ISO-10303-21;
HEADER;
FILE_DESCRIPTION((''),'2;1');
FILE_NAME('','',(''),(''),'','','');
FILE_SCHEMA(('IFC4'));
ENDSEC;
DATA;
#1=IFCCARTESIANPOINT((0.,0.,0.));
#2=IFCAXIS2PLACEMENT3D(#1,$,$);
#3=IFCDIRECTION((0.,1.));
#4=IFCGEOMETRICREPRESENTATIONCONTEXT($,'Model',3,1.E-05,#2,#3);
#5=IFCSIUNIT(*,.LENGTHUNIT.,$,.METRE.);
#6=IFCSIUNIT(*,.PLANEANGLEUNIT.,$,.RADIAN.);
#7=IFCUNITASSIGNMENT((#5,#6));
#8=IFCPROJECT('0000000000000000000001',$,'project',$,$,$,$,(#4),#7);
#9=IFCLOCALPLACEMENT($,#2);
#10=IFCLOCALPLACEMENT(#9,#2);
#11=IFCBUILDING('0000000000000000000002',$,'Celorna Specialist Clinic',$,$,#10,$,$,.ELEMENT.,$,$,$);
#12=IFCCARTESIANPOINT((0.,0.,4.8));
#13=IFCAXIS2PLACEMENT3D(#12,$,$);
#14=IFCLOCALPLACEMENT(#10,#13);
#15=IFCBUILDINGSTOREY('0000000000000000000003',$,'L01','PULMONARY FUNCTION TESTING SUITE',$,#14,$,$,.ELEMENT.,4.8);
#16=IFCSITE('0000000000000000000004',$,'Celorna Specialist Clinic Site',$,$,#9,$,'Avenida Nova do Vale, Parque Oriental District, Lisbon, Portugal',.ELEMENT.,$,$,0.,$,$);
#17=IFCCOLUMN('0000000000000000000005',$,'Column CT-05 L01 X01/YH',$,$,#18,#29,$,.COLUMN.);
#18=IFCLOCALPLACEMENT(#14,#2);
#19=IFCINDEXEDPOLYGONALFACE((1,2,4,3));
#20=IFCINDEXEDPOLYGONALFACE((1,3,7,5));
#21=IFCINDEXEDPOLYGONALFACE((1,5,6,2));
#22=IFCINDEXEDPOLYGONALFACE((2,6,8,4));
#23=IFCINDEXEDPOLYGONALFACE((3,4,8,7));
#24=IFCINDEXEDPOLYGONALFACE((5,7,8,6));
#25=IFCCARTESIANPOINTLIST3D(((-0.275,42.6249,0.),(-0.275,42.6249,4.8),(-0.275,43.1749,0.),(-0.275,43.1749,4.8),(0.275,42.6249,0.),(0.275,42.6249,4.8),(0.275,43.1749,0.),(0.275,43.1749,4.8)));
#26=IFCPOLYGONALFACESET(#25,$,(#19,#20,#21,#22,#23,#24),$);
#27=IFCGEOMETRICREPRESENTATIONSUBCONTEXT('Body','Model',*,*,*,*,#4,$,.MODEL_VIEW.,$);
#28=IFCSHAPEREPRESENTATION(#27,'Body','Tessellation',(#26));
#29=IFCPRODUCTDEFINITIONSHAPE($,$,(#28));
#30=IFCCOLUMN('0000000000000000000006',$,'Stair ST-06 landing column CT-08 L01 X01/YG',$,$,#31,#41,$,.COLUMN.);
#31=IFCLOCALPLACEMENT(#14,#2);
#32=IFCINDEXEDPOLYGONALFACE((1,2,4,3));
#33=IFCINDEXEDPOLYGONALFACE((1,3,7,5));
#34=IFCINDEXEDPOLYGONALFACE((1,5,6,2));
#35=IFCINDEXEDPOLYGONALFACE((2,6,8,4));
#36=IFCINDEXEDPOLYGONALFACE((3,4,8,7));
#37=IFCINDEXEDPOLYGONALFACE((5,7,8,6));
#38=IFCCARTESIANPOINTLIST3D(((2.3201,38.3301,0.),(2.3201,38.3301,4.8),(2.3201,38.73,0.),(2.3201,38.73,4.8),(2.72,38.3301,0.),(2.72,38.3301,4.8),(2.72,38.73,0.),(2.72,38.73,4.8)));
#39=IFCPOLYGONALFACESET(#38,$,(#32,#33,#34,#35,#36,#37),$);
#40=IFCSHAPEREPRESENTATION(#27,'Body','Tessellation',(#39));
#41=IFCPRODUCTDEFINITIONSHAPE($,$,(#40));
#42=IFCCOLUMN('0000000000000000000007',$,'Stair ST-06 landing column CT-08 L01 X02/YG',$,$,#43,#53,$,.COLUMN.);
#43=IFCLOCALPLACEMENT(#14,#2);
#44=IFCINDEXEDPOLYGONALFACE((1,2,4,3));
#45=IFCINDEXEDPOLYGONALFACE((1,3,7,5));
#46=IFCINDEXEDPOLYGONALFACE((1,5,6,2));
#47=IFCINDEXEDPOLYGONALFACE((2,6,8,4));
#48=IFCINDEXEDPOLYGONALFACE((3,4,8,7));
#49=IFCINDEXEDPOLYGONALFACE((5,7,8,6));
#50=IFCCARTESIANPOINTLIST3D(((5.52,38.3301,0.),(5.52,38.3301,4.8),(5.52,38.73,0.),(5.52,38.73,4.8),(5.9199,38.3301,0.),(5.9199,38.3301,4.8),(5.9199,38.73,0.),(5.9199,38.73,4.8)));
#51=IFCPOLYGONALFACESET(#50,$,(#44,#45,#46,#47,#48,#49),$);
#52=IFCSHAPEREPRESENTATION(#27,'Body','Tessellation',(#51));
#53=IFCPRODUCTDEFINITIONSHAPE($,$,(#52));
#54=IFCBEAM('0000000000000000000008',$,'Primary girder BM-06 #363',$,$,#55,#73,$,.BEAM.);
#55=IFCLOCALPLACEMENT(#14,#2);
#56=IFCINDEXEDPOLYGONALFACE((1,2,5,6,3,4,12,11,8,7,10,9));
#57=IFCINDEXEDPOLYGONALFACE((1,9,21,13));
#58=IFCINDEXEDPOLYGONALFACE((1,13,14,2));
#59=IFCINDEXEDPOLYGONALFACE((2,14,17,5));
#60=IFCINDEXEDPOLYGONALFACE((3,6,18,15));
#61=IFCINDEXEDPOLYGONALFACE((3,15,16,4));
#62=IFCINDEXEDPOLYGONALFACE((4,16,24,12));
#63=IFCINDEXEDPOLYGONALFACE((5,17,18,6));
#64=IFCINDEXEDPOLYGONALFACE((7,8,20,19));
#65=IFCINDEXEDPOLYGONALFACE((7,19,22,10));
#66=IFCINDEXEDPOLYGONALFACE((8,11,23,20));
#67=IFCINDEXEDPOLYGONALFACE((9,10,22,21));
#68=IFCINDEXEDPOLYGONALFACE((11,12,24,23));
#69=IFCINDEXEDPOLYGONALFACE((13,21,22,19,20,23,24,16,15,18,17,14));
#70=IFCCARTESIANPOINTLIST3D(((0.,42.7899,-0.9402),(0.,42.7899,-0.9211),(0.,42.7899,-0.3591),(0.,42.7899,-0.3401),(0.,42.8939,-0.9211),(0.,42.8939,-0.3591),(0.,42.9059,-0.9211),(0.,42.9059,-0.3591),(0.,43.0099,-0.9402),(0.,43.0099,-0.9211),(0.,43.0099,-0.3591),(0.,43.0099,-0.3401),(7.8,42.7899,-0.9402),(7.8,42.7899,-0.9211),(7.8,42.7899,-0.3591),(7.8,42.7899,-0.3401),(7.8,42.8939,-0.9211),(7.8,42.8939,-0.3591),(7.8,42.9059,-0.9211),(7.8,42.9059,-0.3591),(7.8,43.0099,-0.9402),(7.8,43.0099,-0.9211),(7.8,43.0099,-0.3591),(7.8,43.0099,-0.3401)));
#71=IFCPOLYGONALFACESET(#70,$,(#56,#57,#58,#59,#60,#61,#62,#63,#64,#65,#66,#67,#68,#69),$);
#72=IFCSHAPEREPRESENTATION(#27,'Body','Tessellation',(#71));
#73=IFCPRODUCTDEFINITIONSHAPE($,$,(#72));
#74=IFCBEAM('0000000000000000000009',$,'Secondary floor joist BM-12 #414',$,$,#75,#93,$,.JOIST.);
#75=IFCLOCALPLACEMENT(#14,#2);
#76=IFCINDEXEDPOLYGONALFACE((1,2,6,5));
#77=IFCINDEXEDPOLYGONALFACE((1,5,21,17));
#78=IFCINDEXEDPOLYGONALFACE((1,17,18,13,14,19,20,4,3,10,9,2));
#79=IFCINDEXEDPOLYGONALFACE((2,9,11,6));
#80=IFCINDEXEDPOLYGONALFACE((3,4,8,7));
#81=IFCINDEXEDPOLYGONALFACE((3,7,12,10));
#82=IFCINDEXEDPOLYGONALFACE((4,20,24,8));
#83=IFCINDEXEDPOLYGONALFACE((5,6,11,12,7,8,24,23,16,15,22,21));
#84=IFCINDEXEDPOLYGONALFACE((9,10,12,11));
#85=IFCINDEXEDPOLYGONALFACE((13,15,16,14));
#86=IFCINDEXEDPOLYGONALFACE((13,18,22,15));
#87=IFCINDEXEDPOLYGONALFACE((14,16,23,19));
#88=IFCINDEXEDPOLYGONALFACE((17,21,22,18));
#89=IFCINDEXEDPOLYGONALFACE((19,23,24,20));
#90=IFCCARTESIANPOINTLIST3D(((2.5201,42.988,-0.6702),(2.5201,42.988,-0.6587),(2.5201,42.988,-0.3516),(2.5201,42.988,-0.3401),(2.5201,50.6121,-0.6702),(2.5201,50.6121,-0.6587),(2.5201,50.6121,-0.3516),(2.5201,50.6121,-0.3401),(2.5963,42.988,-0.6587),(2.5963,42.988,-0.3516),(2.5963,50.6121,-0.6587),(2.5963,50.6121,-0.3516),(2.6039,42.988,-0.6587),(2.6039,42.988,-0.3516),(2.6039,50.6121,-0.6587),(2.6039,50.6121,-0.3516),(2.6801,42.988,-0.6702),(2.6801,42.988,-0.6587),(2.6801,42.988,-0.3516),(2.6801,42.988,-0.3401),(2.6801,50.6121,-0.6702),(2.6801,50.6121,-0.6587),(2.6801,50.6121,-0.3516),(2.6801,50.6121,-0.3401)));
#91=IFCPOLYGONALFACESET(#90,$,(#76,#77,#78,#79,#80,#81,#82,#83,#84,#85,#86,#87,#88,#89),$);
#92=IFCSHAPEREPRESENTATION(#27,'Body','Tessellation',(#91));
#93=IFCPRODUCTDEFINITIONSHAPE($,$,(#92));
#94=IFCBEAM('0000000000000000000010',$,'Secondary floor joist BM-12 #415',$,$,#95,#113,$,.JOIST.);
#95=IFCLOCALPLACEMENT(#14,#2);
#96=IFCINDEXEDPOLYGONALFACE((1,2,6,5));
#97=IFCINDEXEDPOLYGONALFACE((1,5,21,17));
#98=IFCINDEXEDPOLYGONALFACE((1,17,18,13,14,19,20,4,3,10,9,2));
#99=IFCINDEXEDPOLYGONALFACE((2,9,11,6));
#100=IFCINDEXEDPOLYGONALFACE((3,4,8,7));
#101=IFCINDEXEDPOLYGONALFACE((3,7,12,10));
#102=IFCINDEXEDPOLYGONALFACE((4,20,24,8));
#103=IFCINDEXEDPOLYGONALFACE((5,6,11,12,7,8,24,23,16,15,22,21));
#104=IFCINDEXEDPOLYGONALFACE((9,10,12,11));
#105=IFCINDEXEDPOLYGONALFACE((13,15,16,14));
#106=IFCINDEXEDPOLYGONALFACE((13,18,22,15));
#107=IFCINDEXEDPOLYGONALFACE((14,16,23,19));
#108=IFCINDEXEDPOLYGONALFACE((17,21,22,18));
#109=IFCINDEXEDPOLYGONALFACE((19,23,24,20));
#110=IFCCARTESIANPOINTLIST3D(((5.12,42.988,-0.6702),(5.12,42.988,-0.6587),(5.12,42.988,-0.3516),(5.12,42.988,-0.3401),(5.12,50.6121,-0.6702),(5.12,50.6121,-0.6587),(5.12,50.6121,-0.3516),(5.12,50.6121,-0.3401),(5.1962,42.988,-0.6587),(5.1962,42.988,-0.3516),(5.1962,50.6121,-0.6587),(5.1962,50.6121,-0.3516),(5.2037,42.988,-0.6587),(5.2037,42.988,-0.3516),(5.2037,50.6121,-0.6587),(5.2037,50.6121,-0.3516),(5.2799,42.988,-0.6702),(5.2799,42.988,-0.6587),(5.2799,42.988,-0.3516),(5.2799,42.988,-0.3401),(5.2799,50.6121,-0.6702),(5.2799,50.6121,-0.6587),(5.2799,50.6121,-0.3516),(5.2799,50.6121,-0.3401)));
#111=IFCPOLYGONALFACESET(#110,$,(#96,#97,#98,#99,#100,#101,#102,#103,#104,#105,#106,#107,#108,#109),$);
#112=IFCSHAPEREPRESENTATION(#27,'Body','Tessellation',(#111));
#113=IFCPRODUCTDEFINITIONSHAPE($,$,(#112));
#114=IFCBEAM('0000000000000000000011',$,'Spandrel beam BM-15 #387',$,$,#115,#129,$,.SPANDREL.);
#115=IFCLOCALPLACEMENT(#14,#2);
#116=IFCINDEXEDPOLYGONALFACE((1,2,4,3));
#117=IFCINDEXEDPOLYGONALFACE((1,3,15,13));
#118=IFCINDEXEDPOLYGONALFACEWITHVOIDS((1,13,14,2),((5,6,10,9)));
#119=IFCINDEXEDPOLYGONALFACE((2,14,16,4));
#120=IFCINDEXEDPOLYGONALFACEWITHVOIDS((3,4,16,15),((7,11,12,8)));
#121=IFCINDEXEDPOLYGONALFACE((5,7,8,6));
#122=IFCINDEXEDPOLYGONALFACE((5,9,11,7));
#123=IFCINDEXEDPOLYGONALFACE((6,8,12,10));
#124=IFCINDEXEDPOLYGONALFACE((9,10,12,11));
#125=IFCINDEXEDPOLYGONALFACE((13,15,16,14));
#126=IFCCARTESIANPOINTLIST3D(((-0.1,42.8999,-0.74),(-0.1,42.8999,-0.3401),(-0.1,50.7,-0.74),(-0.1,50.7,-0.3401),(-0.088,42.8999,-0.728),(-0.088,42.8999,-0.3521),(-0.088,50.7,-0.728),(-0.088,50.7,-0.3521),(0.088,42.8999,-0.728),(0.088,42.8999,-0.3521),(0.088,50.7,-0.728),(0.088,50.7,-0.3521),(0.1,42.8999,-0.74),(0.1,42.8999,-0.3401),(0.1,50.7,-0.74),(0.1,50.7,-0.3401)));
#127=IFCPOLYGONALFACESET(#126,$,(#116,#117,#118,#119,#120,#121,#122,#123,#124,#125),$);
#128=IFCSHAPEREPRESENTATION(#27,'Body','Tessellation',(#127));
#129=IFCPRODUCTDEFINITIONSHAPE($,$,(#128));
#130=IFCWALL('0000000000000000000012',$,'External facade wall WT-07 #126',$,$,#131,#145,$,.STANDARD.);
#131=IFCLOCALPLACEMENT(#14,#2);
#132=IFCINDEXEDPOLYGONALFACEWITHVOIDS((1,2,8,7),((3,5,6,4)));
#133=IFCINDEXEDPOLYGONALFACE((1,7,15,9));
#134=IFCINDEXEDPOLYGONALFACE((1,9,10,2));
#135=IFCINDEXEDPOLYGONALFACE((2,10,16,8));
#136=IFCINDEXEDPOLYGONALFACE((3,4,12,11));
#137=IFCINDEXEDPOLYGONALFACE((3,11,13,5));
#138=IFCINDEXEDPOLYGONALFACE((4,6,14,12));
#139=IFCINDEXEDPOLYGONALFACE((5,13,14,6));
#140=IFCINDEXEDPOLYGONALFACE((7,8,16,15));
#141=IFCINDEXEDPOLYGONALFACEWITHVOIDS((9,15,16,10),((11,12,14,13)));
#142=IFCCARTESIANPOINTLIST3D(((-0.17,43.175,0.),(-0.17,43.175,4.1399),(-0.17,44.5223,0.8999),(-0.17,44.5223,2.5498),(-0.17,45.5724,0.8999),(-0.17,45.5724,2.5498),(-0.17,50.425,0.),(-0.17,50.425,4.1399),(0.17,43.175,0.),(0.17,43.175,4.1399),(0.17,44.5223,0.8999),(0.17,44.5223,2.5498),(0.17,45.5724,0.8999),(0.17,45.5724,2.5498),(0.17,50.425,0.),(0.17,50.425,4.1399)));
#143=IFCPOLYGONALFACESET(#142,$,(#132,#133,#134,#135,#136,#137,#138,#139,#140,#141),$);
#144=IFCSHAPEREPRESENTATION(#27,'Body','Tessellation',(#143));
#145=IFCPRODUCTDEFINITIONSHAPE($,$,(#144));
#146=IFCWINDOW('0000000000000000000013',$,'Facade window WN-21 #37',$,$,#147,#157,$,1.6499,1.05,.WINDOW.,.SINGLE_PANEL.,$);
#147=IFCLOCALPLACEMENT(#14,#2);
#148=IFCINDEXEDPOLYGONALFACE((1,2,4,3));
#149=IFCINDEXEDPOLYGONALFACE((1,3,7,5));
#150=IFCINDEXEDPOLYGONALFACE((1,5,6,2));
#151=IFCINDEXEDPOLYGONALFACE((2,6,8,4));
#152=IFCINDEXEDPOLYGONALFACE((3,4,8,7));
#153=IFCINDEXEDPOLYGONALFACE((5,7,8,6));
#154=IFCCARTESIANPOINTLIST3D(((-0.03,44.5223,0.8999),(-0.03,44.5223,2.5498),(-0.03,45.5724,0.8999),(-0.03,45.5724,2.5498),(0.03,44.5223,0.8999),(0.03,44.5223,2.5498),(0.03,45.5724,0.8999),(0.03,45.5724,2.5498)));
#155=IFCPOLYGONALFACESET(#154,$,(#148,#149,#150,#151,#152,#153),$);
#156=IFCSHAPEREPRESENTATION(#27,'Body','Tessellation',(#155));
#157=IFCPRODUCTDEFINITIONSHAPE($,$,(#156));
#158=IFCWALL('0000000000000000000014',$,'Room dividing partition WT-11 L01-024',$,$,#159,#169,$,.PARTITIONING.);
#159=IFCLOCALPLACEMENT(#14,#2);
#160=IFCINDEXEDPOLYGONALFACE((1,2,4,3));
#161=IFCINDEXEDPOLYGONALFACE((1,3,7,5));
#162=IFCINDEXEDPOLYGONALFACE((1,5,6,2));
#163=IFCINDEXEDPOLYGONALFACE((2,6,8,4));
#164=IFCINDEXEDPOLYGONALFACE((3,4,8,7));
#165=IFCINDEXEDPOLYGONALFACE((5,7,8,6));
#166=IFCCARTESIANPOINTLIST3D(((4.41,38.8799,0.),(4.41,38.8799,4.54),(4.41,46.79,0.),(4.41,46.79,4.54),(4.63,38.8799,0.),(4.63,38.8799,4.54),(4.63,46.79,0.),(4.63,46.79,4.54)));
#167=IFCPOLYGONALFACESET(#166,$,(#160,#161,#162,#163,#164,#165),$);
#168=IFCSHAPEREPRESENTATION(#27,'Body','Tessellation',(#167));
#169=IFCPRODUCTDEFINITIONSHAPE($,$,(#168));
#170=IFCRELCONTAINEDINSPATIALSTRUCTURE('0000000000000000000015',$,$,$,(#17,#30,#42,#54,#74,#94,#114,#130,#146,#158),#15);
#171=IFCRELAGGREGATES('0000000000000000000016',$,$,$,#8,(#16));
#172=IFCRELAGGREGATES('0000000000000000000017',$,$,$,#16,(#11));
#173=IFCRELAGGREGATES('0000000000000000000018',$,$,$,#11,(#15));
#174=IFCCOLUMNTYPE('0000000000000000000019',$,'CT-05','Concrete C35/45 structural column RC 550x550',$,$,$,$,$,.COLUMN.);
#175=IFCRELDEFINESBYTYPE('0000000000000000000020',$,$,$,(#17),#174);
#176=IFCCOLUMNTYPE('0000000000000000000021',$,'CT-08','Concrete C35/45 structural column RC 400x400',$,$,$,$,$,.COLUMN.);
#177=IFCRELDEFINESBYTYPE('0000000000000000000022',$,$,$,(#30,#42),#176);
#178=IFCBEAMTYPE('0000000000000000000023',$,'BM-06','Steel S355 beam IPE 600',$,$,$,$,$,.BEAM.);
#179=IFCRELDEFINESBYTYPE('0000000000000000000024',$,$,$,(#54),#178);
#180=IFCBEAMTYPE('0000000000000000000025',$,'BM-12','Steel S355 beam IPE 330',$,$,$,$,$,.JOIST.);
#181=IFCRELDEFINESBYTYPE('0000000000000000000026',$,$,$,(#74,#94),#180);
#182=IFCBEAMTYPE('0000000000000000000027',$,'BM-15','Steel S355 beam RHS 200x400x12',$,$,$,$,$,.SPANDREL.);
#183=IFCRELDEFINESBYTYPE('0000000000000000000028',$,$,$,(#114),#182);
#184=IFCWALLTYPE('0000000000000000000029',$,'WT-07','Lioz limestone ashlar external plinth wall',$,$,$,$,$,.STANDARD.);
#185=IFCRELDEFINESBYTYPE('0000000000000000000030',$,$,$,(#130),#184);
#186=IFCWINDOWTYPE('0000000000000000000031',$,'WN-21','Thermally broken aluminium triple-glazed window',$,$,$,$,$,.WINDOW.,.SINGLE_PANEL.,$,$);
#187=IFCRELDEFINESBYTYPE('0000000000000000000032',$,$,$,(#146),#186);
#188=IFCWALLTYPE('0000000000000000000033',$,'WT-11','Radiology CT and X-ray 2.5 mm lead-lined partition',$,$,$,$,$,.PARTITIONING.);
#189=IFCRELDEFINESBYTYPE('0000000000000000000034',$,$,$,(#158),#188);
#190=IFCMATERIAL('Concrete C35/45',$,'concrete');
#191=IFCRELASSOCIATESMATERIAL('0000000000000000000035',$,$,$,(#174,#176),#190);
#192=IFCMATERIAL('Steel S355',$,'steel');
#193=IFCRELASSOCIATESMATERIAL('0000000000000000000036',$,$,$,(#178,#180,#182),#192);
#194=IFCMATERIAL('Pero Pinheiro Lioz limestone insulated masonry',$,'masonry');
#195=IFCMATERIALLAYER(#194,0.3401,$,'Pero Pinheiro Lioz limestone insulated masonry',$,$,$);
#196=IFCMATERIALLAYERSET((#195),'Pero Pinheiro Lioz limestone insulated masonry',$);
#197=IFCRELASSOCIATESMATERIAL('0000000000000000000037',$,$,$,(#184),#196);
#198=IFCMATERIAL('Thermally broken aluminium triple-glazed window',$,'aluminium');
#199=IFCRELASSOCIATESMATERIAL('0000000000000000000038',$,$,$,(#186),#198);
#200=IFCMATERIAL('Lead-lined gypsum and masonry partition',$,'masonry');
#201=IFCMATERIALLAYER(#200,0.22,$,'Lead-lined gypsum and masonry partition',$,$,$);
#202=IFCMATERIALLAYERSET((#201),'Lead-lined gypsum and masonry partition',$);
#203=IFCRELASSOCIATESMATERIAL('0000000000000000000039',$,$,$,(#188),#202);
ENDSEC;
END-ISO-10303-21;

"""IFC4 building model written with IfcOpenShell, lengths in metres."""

from ifc_helpers import new_model, si_unit, direction, frame, frame_2d, origin, origin_2d, place, context, subcontext, project, spatial, rectangle, hollow_rectangle, i_section, extrude, material, layer, layer_set, material_profile, profile_set, type_object, element, fill, save


model = new_model("IFC4")

# Units and contexts
model_context = context("Model", 3, precision=1e-05, world=origin(), true_north=direction((0.0, 1.0)))
body_context = subcontext(model_context, "Body", "Model", "MODEL_VIEW")
ifc_project = project(units=[si_unit("LENGTHUNIT", "METRE"), si_unit("PLANEANGLEUNIT", "RADIAN")], contexts=[model_context])

# Site, building, storey
site_placement = place(None, origin())
site = spatial("IfcSite", under=ifc_project, at=site_placement, Name="Celorna Specialist Clinic Site", LongName="Avenida Nova do Vale, Parque Oriental District, Lisbon, Portugal", CompositionType="ELEMENT", RefElevation=0.0)
building_placement = place(site_placement, origin())
building = spatial("IfcBuilding", under=site, at=building_placement, Name="Celorna Specialist Clinic", CompositionType="ELEMENT")
storey_placement = place(building_placement, frame((0.0, 0.0, 4.8)))
storey = spatial("IfcBuildingStorey", under=building, at=storey_placement, Name="L01", Description="PULMONARY FUNCTION TESTING SUITE", CompositionType="ELEMENT", Elevation=4.8)

# Columns
ifc_material_1 = material(Name="Concrete C35/45", Category="concrete")
ifc_material_profile_1 = material_profile(ifc_material_1, rectangle(XDim=0.55, YDim=0.55, at=origin_2d()), Name="RC 550x550")
ifc_profile_set_1 = profile_set([ifc_material_profile_1], Name="Concrete C35/45")
column_type_1 = type_object("IfcColumnType", Name="CT-05", Description="Concrete C35/45 structural column RC 550x550", PredefinedType="COLUMN", material=ifc_profile_set_1)
column_placement = place(storey_placement, frame((0.0, 42.8999, 0.0), z_axis=(0.0, 0.0, 1.0), x_axis=(1.0, 0.0, 0.0)))
element("IfcColumn", 1, at=column_placement, inside=storey, type_object=column_type_1, Name="Column CT-05 L01 X01/YH", PredefinedType="COLUMN", context=body_context, shape_type="SweptSolid", body=[
    extrude(rectangle(XDim=0.55, YDim=0.55, at=origin_2d()), origin(), (0.0, 0.0, 1.0), 4.8),
])
ifc_material_profile_2 = material_profile(ifc_material_1, rectangle(XDim=0.3999, YDim=0.3999, at=origin_2d()), Name="RC 400x400")
ifc_profile_set_2 = profile_set([ifc_material_profile_2], Name="Concrete C35/45")
column_type_2 = type_object("IfcColumnType", Name="CT-08", Description="Concrete C35/45 structural column RC 400x400", PredefinedType="COLUMN", material=ifc_profile_set_2)
for number, where, z_axis, x_axis, name in (
    (2, (2.52, 38.53, 0.0), (0.0, 0.0, 1.0), (1.0, 0.0, 0.0), "Stair ST-06 landing column CT-08 L01 X01/YG"),
    (3, (5.72, 38.53, 0.0), (0.0, 0.0, 1.0), (1.0, 0.0, 0.0), "Stair ST-06 landing column CT-08 L01 X02/YG"),
):
    element("IfcColumn", number, at=place(storey_placement, frame(where, z_axis=z_axis, x_axis=x_axis)), inside=storey, type_object=column_type_2, Name=name, PredefinedType="COLUMN", context=body_context, shape_type="SweptSolid", body=[
        extrude(rectangle(XDim=0.3999, YDim=0.3999, at=origin_2d()), origin(), (0.0, 0.0, 1.0), 4.8),
    ])

# Beams
ifc_material_2 = material(Name="Steel S355", Category="steel")
ifc_material_profile_3 = material_profile(ifc_material_2, i_section(OverallWidth=0.22, OverallDepth=0.6001, WebThickness=0.012, FlangeThickness=0.019, at=origin_2d()), Name="IPE 600")
ifc_profile_set_3 = profile_set([ifc_material_profile_3], Name="Steel S355")
beam_type_1 = type_object("IfcBeamType", Name="BM-06", Description="Steel S355 beam IPE 600", PredefinedType="BEAM", material=ifc_profile_set_3)
beam_1_placement = place(storey_placement, frame((0.0, 42.8999, -0.6401), z_axis=(1.0, 0.0, 0.0), x_axis=(0.0, 1.0, 0.0)))
element("IfcBeam", 4, at=beam_1_placement, inside=storey, type_object=beam_type_1, Name="Primary girder BM-06 #363", PredefinedType="BEAM", context=body_context, shape_type="SweptSolid", body=[
    extrude(i_section(OverallWidth=0.22, OverallDepth=0.6001, WebThickness=0.012, FlangeThickness=0.019, at=origin_2d()), origin(), (0.0, 0.0, 1.0), 7.8),
])
ifc_material_profile_4 = material_profile(ifc_material_2, i_section(OverallWidth=0.1599, OverallDepth=0.3301, WebThickness=0.0076, FlangeThickness=0.0115, at=origin_2d()), Name="IPE 330")
ifc_profile_set_4 = profile_set([ifc_material_profile_4], Name="Steel S355")
beam_type_2 = type_object("IfcBeamType", Name="BM-12", Description="Steel S355 beam IPE 330", PredefinedType="JOIST", material=ifc_profile_set_4)
for number, where, z_axis, x_axis, name in (
    (5, (2.6001, 42.988, -0.5051), (0.0, 1.0, 0.0), (-1.0, 0.0, 0.0), "Secondary floor joist BM-12 #414"),
    (6, (5.2, 42.988, -0.5051), (0.0, 1.0, 0.0), (-1.0, 0.0, 0.0), "Secondary floor joist BM-12 #415"),
):
    element("IfcBeam", number, at=place(storey_placement, frame(where, z_axis=z_axis, x_axis=x_axis)), inside=storey, type_object=beam_type_2, Name=name, PredefinedType="JOIST", context=body_context, shape_type="SweptSolid", body=[
        extrude(i_section(OverallWidth=0.1599, OverallDepth=0.3301, WebThickness=0.0076, FlangeThickness=0.0115, at=origin_2d()), origin(), (0.0, 0.0, 1.0), 7.624),
    ])
ifc_material_profile_5 = material_profile(ifc_material_2, hollow_rectangle(XDim=0.2, YDim=0.3999, WallThickness=0.012, at=origin_2d()), Name="RHS 200x400x12")
ifc_profile_set_5 = profile_set([ifc_material_profile_5], Name="Steel S355")
beam_type_3 = type_object("IfcBeamType", Name="BM-15", Description="Steel S355 beam RHS 200x400x12", PredefinedType="SPANDREL", material=ifc_profile_set_5)
beam_2_placement = place(storey_placement, frame((0.0, 42.8999, -0.54), z_axis=(0.0, 1.0, 0.0), x_axis=(-1.0, 0.0, 0.0)))
element("IfcBeam", 7, at=beam_2_placement, inside=storey, type_object=beam_type_3, Name="Spandrel beam BM-15 #387", PredefinedType="SPANDREL", context=body_context, shape_type="SweptSolid", body=[
    extrude(hollow_rectangle(XDim=0.2, YDim=0.3999, WallThickness=0.012, at=origin_2d()), origin(), (0.0, 0.0, 1.0), 7.8),
])

# Wall, opening, window
ifc_material_3 = material(Name="Pero Pinheiro Lioz limestone insulated masonry", Category="masonry")
ifc_layer_1 = layer(ifc_material_3, 0.3401, Name="Pero Pinheiro Lioz limestone insulated masonry")
ifc_layer_set_1 = layer_set([ifc_layer_1], Name="Pero Pinheiro Lioz limestone insulated masonry")
wall_type_1 = type_object("IfcWallType", Name="WT-07", Description="Lioz limestone ashlar external plinth wall", PredefinedType="STANDARD", material=ifc_layer_set_1)
wall_1_placement = place(storey_placement, frame((0.0, 43.175, 0.0), z_axis=(0.0, 0.0, 1.0), x_axis=(0.0, 1.0, 0.0)))
wall_1 = element("IfcWall", 8, at=wall_1_placement, inside=storey, type_object=wall_type_1, Name="External facade wall WT-07 #126", PredefinedType="STANDARD", context=body_context, shape_type="SweptSolid", body=[
    extrude(rectangle(XDim=7.25, YDim=0.3401, at=frame_2d((3.625, 0.0))), origin(), (0.0, 0.0, 1.0), 4.1399),
])
opening_placement = place(wall_1_placement, frame((1.3474, 0.0, 0.8999)))
opening = element("IfcOpeningElement", 9, at=opening_placement, cuts=wall_1, PredefinedType="OPENING", context=body_context, shape_type="SweptSolid", body=[
    extrude(rectangle(XDim=1.05, YDim=1.6499, at=frame_2d((0.5249, 0.825))), frame((0.0, 0.1799, 0.0), z_axis=(0.0, -1.0, 0.0), x_axis=(1.0, 0.0, 0.0)), (0.0, 0.0, 1.0), 0.3601),
])
ifc_material_4 = material(Name="Thermally broken aluminium triple-glazed window", Category="aluminium")
window_type = type_object("IfcWindowType", Name="WN-21", Description="Thermally broken aluminium triple-glazed window", PartitioningType="SINGLE_PANEL", PredefinedType="WINDOW", material=ifc_material_4)
window_placement = place(opening_placement, origin())
window = element("IfcWindow", 10, at=window_placement, inside=storey, type_object=window_type, Name="Facade window WN-21 #37", OverallHeight=1.6499, OverallWidth=1.05, PartitioningType="SINGLE_PANEL", PredefinedType="WINDOW", context=body_context, shape_type="SweptSolid", body=[
    extrude(rectangle(XDim=1.05, YDim=1.6499, at=frame_2d((0.5249, 0.825))), frame((0.0, 0.03, 0.0), z_axis=(0.0, -1.0, 0.0), x_axis=(1.0, 0.0, 0.0)), (0.0, 0.0, 1.0), 0.0601),
])
fill(opening, window)

# Wall
ifc_material_5 = material(Name="Lead-lined gypsum and masonry partition", Category="masonry")
ifc_layer_2 = layer(ifc_material_5, 0.22, Name="Lead-lined gypsum and masonry partition")
ifc_layer_set_2 = layer_set([ifc_layer_2], Name="Lead-lined gypsum and masonry partition")
wall_type_2 = type_object("IfcWallType", Name="WT-11", Description="Radiology CT and X-ray 2.5 mm lead-lined partition", PredefinedType="PARTITIONING", material=ifc_layer_set_2)
wall_2_placement = place(storey_placement, frame((4.52, 38.8799, 0.0), z_axis=(0.0, 0.0, 1.0), x_axis=(0.0, 1.0, 0.0)))
element("IfcWall", 11, at=wall_2_placement, inside=storey, type_object=wall_type_2, Name="Room dividing partition WT-11 L01-024", PredefinedType="PARTITIONING", context=body_context, shape_type="SweptSolid", body=[
    extrude(rectangle(XDim=7.9102, YDim=0.22, at=frame_2d((3.9551, 0.0))), origin(), (0.0, 0.0, 1.0), 4.54),
])

save(model, "model.ifc")
